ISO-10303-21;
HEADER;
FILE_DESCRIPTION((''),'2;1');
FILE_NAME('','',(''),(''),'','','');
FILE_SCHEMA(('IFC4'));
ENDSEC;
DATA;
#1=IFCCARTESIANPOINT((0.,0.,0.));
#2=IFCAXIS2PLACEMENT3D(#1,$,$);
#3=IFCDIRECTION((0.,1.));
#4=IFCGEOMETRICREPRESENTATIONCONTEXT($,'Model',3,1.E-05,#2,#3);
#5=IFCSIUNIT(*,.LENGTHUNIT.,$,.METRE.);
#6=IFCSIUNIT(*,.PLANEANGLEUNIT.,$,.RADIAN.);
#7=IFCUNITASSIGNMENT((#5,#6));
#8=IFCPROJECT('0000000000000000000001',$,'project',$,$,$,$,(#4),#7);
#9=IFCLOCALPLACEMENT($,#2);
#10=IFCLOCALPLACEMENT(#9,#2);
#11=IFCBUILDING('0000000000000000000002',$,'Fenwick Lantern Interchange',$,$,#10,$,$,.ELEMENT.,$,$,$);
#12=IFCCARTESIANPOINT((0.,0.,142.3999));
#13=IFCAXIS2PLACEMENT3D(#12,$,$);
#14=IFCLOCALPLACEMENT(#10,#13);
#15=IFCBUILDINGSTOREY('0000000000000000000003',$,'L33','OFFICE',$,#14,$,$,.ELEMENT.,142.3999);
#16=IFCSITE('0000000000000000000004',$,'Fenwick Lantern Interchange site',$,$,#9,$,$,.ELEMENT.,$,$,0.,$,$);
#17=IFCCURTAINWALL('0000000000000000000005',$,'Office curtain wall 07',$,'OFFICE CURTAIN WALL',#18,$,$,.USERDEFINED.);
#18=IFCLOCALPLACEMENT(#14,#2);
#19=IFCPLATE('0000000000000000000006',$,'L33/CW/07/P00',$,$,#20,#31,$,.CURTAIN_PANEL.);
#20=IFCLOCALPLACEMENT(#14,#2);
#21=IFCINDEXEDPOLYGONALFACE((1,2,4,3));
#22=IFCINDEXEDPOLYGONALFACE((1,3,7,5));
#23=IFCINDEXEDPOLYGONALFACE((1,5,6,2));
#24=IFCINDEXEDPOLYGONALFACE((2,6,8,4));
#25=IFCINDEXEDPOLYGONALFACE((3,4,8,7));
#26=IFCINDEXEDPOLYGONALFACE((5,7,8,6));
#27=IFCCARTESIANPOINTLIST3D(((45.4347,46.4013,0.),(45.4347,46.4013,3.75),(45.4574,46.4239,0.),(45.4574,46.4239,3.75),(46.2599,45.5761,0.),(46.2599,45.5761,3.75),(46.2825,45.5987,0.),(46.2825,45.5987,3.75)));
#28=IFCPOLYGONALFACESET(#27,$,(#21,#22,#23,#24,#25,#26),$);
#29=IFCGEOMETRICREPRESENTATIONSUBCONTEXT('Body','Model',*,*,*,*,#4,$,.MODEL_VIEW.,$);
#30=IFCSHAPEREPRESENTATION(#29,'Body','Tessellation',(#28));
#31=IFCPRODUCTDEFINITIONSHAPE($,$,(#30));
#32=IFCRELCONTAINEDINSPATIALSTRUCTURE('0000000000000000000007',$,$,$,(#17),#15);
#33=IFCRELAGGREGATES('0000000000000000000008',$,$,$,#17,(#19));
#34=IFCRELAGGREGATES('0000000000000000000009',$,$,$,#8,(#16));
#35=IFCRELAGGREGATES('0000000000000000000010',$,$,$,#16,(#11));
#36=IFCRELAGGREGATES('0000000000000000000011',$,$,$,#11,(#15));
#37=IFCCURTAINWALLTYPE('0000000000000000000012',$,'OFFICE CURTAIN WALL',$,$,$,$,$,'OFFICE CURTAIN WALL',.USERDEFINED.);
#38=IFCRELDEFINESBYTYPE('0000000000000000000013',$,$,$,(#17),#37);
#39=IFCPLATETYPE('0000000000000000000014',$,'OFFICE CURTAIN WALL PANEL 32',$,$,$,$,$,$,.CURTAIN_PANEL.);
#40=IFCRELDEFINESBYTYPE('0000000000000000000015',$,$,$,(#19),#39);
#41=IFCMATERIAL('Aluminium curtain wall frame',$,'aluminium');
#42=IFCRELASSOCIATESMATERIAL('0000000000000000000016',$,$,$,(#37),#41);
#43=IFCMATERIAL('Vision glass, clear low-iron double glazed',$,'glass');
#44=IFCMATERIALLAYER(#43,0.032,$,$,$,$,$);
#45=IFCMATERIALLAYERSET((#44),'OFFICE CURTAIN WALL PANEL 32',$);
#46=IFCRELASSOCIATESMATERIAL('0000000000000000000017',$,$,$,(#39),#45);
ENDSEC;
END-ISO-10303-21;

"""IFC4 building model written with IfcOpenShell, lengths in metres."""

from ifc_helpers import new_model, si_unit, direction, frame, origin, origin_2d, place, context, subcontext, project, spatial, rectangle, extrude, material, layer, layer_set, type_object, element, aggregate, save


model = new_model("IFC4")

# Units and contexts
model_context = context("Model", 3, precision=1e-05, world=origin(), true_north=direction((0.0, 1.0)))
body_context = subcontext(model_context, "Body", "Model", "MODEL_VIEW")
ifc_project = project(units=[si_unit("LENGTHUNIT", "METRE"), si_unit("PLANEANGLEUNIT", "RADIAN")], contexts=[model_context])

# Site, building, storey
site_placement = place(None, origin())
site = spatial("IfcSite", under=ifc_project, at=site_placement, Name="Fenwick Lantern Interchange site", CompositionType="ELEMENT", RefElevation=0.0)
building_placement = place(site_placement, origin())
building = spatial("IfcBuilding", under=site, at=building_placement, Name="Fenwick Lantern Interchange", CompositionType="ELEMENT")
storey_placement = place(building_placement, frame((0.0, 0.0, 142.3999)))
storey = spatial("IfcBuildingStorey", under=building, at=storey_placement, Name="L33", Description="OFFICE", CompositionType="ELEMENT", Elevation=142.3999)

# Shared definitions
ifc_material_1 = material(Name="Aluminium curtain wall frame", Category="aluminium")
curtain_wall_type = type_object("IfcCurtainWallType", Name="OFFICE CURTAIN WALL", ElementType="OFFICE CURTAIN WALL", PredefinedType="USERDEFINED", material=ifc_material_1)

# Curtain wall
curtain_wall_1_placement = place(storey_placement, origin())
curtain_wall_1 = element("IfcCurtainWall", 1, at=curtain_wall_1_placement, inside=storey, type_object=curtain_wall_type, Name="Office curtain wall 07", ObjectType="OFFICE CURTAIN WALL", PredefinedType="USERDEFINED")

# Plate
ifc_material_2 = material(Name="Vision glass, clear low-iron double glazed", Category="glass")
ifc_layer_1 = layer(ifc_material_2, 0.032)
ifc_layer_set_1 = layer_set([ifc_layer_1], Name="OFFICE CURTAIN WALL PANEL 32")
plate_type = type_object("IfcPlateType", Name="OFFICE CURTAIN WALL PANEL 32", PredefinedType="CURTAIN_PANEL", material=ifc_layer_set_1)
plate_1_placement = place(storey_placement, frame((45.8586, 46.0, 0.0), z_axis=(0.0, 0.0, 1.0), x_axis=(-0.707107, 0.707107, 0.0)))
plate_1 = element("IfcPlate", 2, at=plate_1_placement, type_object=plate_type, Name="L33/CW/07/P00", PredefinedType="CURTAIN_PANEL", context=body_context, shape_type="SweptSolid", body=[
    extrude(rectangle(XDim=1.167, YDim=0.032, at=origin_2d()), origin(), (0.0, 0.0, 1.0), 3.75),
])
aggregate(curtain_wall_1, [plate_1])

save(model, "model.ifc")
